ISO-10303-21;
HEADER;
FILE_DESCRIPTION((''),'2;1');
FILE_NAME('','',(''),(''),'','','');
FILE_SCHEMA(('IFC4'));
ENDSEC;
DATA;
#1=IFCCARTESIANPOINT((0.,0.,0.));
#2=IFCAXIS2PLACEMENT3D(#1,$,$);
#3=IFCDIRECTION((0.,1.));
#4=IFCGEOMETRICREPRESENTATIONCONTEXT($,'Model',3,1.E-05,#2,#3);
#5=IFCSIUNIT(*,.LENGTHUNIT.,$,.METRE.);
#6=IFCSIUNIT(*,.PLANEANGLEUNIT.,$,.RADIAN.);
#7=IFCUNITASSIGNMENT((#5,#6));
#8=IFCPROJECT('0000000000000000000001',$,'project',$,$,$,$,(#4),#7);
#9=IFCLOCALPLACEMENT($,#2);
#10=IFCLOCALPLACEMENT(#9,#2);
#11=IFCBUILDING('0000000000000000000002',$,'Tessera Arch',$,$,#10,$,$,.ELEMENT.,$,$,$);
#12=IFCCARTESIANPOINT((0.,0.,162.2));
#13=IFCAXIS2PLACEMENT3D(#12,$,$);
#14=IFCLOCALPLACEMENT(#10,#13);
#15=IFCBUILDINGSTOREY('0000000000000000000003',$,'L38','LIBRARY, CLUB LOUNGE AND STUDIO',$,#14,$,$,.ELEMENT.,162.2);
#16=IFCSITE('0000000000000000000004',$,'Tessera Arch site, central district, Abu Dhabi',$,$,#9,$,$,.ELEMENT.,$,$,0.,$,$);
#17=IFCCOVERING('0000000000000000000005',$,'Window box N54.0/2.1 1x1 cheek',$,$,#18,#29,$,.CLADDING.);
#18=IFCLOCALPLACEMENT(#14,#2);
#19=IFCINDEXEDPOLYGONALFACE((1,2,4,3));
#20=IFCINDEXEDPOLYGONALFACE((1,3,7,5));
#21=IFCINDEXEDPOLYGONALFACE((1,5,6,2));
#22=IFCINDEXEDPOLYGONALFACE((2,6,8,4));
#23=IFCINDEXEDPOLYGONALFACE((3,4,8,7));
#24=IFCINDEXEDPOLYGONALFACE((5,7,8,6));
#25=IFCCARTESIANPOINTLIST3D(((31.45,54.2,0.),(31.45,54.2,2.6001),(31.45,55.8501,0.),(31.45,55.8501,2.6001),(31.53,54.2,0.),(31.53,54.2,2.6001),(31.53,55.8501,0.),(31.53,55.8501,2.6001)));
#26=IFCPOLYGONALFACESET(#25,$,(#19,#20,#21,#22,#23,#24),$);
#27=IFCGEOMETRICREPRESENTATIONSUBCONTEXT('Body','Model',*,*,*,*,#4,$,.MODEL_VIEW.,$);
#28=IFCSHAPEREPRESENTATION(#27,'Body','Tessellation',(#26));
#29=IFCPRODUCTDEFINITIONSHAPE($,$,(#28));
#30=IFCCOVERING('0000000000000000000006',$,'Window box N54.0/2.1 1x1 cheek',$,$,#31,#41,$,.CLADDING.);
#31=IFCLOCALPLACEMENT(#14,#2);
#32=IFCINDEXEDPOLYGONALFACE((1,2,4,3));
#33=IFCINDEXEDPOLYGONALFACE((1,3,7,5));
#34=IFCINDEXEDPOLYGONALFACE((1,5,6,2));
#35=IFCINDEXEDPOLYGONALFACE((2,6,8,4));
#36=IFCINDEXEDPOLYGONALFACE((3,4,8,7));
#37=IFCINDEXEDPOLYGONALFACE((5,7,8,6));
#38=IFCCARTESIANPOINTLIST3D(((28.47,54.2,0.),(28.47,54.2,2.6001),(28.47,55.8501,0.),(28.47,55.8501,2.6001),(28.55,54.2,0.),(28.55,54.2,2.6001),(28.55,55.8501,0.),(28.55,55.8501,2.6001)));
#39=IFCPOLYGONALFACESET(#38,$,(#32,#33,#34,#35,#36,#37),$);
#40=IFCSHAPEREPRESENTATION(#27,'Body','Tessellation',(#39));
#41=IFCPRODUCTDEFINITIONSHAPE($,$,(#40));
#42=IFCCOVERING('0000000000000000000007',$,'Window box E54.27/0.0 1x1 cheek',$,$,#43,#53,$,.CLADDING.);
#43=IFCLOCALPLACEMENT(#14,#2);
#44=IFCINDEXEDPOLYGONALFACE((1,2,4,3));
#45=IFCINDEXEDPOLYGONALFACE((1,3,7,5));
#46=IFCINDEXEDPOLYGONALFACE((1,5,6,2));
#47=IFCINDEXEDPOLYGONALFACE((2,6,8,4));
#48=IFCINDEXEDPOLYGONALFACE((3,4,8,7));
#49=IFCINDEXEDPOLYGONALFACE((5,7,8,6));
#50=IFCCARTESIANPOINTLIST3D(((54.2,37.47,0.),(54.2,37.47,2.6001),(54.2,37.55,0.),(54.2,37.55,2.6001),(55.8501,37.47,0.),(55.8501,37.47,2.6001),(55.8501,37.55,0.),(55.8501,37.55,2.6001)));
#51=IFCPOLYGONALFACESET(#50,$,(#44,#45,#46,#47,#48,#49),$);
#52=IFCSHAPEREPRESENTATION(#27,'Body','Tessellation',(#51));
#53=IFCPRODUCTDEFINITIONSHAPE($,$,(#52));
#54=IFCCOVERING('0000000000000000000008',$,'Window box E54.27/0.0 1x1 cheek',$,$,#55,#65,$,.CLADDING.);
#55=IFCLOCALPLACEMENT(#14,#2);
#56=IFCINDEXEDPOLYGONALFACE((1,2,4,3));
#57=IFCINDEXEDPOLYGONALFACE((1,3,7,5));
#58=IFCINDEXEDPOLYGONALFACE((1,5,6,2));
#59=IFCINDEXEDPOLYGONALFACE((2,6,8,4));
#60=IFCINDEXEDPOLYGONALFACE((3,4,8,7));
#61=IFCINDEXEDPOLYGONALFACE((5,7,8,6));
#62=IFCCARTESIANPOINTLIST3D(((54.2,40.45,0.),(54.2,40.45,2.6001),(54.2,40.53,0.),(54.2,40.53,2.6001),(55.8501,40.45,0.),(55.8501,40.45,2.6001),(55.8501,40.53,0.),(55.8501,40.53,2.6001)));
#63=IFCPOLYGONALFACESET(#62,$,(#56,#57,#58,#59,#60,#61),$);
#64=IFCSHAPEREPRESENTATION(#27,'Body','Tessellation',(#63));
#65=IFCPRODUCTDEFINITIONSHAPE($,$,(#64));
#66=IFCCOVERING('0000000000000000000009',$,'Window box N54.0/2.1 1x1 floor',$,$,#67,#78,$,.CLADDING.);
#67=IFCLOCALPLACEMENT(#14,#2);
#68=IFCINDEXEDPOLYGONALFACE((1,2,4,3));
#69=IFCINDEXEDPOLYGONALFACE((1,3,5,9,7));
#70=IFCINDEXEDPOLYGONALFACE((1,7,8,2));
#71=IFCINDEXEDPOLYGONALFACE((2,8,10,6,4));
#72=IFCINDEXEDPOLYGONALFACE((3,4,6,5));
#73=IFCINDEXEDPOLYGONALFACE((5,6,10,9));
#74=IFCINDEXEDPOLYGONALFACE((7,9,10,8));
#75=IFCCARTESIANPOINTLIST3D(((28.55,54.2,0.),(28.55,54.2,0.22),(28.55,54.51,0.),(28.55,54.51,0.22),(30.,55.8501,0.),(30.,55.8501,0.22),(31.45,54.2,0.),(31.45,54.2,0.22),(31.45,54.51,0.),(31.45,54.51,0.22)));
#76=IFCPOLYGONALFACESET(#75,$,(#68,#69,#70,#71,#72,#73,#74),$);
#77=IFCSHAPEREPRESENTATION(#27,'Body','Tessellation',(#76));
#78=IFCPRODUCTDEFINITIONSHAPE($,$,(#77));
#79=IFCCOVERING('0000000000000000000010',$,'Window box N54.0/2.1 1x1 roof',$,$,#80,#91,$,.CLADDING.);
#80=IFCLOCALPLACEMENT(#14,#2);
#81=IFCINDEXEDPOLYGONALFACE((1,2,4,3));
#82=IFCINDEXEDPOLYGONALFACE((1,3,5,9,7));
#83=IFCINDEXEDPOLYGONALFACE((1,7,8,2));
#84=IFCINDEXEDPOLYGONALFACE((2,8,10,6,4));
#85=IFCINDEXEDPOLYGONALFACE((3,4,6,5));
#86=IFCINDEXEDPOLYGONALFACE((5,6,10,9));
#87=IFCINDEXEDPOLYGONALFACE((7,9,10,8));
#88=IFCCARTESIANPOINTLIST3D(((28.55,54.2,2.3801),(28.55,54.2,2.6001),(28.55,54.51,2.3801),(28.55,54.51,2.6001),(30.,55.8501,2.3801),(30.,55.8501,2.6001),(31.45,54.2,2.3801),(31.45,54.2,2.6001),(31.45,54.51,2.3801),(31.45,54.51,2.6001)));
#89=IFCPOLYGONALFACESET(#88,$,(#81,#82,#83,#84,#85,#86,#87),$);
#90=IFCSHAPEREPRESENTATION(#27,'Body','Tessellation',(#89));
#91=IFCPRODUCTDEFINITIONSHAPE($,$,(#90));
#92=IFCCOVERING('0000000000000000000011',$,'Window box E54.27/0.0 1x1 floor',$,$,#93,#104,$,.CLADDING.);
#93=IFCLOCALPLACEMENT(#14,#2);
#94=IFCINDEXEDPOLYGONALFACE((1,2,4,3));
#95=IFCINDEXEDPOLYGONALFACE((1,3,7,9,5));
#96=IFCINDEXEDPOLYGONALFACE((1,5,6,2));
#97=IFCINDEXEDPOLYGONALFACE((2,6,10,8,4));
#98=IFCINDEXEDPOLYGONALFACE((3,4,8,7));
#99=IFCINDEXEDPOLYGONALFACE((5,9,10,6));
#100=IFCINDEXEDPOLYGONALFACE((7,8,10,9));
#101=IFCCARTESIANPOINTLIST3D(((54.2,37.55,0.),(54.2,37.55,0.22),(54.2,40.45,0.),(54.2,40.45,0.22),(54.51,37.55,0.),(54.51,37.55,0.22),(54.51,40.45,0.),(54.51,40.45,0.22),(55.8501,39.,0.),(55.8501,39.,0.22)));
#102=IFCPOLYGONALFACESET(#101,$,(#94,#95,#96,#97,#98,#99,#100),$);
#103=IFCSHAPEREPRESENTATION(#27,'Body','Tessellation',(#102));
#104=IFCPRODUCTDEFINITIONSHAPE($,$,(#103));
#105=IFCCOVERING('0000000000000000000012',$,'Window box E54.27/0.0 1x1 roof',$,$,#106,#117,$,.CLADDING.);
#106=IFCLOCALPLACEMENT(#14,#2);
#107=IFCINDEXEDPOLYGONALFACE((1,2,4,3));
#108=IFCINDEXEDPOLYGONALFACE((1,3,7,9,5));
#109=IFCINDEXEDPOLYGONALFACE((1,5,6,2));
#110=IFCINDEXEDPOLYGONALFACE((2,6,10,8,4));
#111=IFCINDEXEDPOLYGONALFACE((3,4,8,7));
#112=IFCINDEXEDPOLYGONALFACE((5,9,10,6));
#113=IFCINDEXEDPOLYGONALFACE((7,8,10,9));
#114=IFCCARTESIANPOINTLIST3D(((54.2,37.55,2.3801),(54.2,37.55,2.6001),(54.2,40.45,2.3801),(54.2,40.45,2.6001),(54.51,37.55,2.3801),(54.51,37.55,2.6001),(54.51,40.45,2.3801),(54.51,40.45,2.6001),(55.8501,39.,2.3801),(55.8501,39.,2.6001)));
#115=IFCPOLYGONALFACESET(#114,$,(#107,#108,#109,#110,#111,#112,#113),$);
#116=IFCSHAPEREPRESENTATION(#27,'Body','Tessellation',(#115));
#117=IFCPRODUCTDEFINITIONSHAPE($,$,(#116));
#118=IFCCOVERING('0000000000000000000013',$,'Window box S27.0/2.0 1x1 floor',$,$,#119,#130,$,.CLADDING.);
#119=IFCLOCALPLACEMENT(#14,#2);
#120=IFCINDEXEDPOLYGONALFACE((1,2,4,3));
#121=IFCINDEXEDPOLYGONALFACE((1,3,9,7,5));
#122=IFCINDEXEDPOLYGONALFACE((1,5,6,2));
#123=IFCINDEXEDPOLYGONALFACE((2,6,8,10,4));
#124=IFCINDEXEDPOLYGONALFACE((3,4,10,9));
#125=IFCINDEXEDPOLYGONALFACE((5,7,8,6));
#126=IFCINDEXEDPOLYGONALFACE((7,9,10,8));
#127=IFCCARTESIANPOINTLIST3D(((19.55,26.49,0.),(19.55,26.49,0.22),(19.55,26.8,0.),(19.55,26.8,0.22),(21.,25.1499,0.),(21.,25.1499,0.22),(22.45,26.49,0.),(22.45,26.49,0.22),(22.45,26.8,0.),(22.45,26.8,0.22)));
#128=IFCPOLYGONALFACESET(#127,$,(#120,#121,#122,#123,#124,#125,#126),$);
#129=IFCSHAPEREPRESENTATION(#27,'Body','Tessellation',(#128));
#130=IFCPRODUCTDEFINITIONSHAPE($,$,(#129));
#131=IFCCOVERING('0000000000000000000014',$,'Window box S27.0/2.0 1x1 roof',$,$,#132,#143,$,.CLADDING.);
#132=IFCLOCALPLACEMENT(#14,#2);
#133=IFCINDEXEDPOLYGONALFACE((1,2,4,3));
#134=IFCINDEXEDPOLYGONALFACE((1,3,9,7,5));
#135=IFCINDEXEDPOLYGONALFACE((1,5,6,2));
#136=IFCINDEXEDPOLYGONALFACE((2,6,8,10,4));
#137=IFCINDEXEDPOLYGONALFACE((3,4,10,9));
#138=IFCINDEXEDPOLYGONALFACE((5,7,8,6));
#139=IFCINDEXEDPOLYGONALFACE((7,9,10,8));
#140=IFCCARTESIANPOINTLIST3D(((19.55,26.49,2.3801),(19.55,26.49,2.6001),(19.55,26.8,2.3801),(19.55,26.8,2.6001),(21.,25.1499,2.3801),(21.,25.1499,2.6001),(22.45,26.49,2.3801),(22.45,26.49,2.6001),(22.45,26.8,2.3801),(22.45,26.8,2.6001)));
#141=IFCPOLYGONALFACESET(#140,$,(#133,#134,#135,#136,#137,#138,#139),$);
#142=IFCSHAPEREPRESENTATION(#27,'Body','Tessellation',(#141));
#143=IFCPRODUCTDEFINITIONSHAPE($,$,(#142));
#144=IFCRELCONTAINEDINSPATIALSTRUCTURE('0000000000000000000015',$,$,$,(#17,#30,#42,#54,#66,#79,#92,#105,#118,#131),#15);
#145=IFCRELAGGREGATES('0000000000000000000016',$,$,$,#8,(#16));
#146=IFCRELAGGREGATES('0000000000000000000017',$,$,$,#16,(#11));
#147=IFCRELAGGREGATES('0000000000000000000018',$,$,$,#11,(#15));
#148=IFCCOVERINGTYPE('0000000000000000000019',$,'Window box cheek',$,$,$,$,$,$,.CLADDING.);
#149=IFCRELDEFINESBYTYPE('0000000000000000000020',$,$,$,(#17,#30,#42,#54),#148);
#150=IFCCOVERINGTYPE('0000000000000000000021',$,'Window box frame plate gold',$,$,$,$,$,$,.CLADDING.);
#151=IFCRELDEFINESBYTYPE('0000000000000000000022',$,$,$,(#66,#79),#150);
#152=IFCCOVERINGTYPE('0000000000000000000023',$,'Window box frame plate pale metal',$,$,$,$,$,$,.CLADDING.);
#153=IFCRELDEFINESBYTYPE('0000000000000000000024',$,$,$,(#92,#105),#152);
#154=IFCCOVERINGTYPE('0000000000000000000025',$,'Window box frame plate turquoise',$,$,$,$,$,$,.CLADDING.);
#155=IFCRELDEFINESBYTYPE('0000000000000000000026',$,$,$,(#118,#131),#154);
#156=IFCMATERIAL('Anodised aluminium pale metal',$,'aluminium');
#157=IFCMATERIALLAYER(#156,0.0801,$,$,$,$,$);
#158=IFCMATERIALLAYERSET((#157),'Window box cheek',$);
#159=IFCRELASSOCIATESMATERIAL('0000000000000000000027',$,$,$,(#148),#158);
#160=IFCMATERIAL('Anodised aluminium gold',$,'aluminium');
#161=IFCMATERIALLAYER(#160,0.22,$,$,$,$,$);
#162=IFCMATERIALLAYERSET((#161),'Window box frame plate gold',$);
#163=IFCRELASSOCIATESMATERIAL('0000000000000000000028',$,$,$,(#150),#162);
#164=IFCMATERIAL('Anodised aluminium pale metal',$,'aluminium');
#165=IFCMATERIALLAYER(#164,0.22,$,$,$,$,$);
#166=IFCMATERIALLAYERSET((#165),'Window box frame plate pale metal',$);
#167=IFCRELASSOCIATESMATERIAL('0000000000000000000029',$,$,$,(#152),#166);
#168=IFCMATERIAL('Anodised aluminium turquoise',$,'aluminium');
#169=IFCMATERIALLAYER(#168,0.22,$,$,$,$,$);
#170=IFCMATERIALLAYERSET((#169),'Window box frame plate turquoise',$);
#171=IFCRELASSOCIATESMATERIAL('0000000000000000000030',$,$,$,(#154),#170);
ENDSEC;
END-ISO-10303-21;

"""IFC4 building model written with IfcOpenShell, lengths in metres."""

from ifc_helpers import new_model, si_unit, direction, frame, origin, place, context, subcontext, project, spatial, polyline, outline, extrude, material, layer, layer_set, type_object, element, save


model = new_model("IFC4")

# Units and contexts
model_context = context("Model", 3, precision=1e-05, world=origin(), true_north=direction((0.0, 1.0)))
body_context = subcontext(model_context, "Body", "Model", "MODEL_VIEW")
ifc_project = project(units=[si_unit("LENGTHUNIT", "METRE"), si_unit("PLANEANGLEUNIT", "RADIAN")], contexts=[model_context])

# Site, building, storey
site_placement = place(None, origin())
site = spatial("IfcSite", under=ifc_project, at=site_placement, Name="Tessera Arch site, central district, Abu Dhabi", CompositionType="ELEMENT", RefElevation=0.0)
building_placement = place(site_placement, origin())
building = spatial("IfcBuilding", under=site, at=building_placement, Name="Tessera Arch", CompositionType="ELEMENT")
storey_placement = place(building_placement, frame((0.0, 0.0, 162.2)))
storey = spatial("IfcBuildingStorey", under=building, at=storey_placement, Name="L38", Description="LIBRARY, CLUB LOUNGE AND STUDIO", CompositionType="ELEMENT", Elevation=162.2)

# Coverings
ifc_material_1 = material(Name="Anodised aluminium pale metal", Category="aluminium")
ifc_layer_1 = layer(ifc_material_1, 0.0801)
ifc_layer_set_1 = layer_set([ifc_layer_1], Name="Window box cheek")
covering_type_1 = type_object("IfcCoveringType", Name="Window box cheek", PredefinedType="CLADDING", material=ifc_layer_set_1)
covering_1_placement = place(storey_placement, origin())
element("IfcCovering", 1, at=covering_1_placement, inside=storey, type_object=covering_type_1, Name="Window box N54.0/2.1 1x1 cheek", PredefinedType="CLADDING", context=body_context, shape_type="SweptSolid", body=[
    extrude(outline(polyline([(31.53, 55.8501), (31.45, 55.8501), (31.45, 54.2), (31.53, 54.2), (31.53, 55.8501)])), origin(), (0.0, 0.0, 1.0), 2.6001),
])
covering_2_placement = place(storey_placement, origin())
element("IfcCovering", 2, at=covering_2_placement, inside=storey, type_object=covering_type_1, Name="Window box N54.0/2.1 1x1 cheek", PredefinedType="CLADDING", context=body_context, shape_type="SweptSolid", body=[
    extrude(outline(polyline([(28.55, 55.8501), (28.47, 55.8501), (28.47, 54.2), (28.55, 54.2), (28.55, 55.8501)])), origin(), (0.0, 0.0, 1.0), 2.6001),
])
covering_3_placement = place(storey_placement, origin())
element("IfcCovering", 3, at=covering_3_placement, inside=storey, type_object=covering_type_1, Name="Window box E54.27/0.0 1x1 cheek", PredefinedType="CLADDING", context=body_context, shape_type="SweptSolid", body=[
    extrude(outline(polyline([(55.8501, 37.47), (55.8501, 37.55), (54.2, 37.55), (54.2, 37.47), (55.8501, 37.47)])), origin(), (0.0, 0.0, 1.0), 2.6001),
])
covering_4_placement = place(storey_placement, origin())
element("IfcCovering", 4, at=covering_4_placement, inside=storey, type_object=covering_type_1, Name="Window box E54.27/0.0 1x1 cheek", PredefinedType="CLADDING", context=body_context, shape_type="SweptSolid", body=[
    extrude(outline(polyline([(55.8501, 40.45), (55.8501, 40.53), (54.2, 40.53), (54.2, 40.45), (55.8501, 40.45)])), origin(), (0.0, 0.0, 1.0), 2.6001),
])
ifc_material_2 = material(Name="Anodised aluminium gold", Category="aluminium")
ifc_layer_2 = layer(ifc_material_2, 0.22)
ifc_layer_set_2 = layer_set([ifc_layer_2], Name="Window box frame plate gold")
covering_type_2 = type_object("IfcCoveringType", Name="Window box frame plate gold", PredefinedType="CLADDING", material=ifc_layer_set_2)
for number, where, name in (
    (5, (0.0, 0.0, 0.0), "Window box N54.0/2.1 1x1 floor"),
    (6, (0.0, 0.0, 2.3801), "Window box N54.0/2.1 1x1 roof"),
):
    element("IfcCovering", number, at=place(storey_placement, frame(where)), inside=storey, type_object=covering_type_2, Name=name, PredefinedType="CLADDING", context=body_context, shape_type="SweptSolid", body=[
        extrude(outline(polyline([(31.45, 54.51), (30.0, 55.8501), (28.55, 54.51), (28.55, 54.2), (31.45, 54.2), (31.45, 54.51)])), origin(), (0.0, 0.0, 1.0), 0.22),
    ])
ifc_material_3 = material(Name="Anodised aluminium pale metal", Category="aluminium")
ifc_layer_3 = layer(ifc_material_3, 0.22)
ifc_layer_set_3 = layer_set([ifc_layer_3], Name="Window box frame plate pale metal")
covering_type_3 = type_object("IfcCoveringType", Name="Window box frame plate pale metal", PredefinedType="CLADDING", material=ifc_layer_set_3)
for number, where, name in (
    (7, (0.0, 0.0, 0.0), "Window box E54.27/0.0 1x1 floor"),
    (8, (0.0, 0.0, 2.3801), "Window box E54.27/0.0 1x1 roof"),
):
    element("IfcCovering", number, at=place(storey_placement, frame(where)), inside=storey, type_object=covering_type_3, Name=name, PredefinedType="CLADDING", context=body_context, shape_type="SweptSolid", body=[
        extrude(outline(polyline([(54.51, 37.55), (55.8501, 39.0), (54.51, 40.45), (54.2, 40.45), (54.2, 37.55), (54.51, 37.55)])), origin(), (0.0, 0.0, 1.0), 0.22),
    ])
ifc_material_4 = material(Name="Anodised aluminium turquoise", Category="aluminium")
ifc_layer_4 = layer(ifc_material_4, 0.22)
ifc_layer_set_4 = layer_set([ifc_layer_4], Name="Window box frame plate turquoise")
covering_type_4 = type_object("IfcCoveringType", Name="Window box frame plate turquoise", PredefinedType="CLADDING", material=ifc_layer_set_4)
for number, where, name in (
    (9, (0.0, 0.0, 0.0), "Window box S27.0/2.0 1x1 floor"),
    (10, (0.0, 0.0, 2.3801), "Window box S27.0/2.0 1x1 roof"),
):
    element("IfcCovering", number, at=place(storey_placement, frame(where)), inside=storey, type_object=covering_type_4, Name=name, PredefinedType="CLADDING", context=body_context, shape_type="SweptSolid", body=[
        extrude(outline(polyline([(19.55, 26.49), (21.0, 25.1499), (22.45, 26.49), (22.45, 26.8), (19.55, 26.8), (19.55, 26.49)])), origin(), (0.0, 0.0, 1.0), 0.22),
    ])

save(model, "model.ifc")
